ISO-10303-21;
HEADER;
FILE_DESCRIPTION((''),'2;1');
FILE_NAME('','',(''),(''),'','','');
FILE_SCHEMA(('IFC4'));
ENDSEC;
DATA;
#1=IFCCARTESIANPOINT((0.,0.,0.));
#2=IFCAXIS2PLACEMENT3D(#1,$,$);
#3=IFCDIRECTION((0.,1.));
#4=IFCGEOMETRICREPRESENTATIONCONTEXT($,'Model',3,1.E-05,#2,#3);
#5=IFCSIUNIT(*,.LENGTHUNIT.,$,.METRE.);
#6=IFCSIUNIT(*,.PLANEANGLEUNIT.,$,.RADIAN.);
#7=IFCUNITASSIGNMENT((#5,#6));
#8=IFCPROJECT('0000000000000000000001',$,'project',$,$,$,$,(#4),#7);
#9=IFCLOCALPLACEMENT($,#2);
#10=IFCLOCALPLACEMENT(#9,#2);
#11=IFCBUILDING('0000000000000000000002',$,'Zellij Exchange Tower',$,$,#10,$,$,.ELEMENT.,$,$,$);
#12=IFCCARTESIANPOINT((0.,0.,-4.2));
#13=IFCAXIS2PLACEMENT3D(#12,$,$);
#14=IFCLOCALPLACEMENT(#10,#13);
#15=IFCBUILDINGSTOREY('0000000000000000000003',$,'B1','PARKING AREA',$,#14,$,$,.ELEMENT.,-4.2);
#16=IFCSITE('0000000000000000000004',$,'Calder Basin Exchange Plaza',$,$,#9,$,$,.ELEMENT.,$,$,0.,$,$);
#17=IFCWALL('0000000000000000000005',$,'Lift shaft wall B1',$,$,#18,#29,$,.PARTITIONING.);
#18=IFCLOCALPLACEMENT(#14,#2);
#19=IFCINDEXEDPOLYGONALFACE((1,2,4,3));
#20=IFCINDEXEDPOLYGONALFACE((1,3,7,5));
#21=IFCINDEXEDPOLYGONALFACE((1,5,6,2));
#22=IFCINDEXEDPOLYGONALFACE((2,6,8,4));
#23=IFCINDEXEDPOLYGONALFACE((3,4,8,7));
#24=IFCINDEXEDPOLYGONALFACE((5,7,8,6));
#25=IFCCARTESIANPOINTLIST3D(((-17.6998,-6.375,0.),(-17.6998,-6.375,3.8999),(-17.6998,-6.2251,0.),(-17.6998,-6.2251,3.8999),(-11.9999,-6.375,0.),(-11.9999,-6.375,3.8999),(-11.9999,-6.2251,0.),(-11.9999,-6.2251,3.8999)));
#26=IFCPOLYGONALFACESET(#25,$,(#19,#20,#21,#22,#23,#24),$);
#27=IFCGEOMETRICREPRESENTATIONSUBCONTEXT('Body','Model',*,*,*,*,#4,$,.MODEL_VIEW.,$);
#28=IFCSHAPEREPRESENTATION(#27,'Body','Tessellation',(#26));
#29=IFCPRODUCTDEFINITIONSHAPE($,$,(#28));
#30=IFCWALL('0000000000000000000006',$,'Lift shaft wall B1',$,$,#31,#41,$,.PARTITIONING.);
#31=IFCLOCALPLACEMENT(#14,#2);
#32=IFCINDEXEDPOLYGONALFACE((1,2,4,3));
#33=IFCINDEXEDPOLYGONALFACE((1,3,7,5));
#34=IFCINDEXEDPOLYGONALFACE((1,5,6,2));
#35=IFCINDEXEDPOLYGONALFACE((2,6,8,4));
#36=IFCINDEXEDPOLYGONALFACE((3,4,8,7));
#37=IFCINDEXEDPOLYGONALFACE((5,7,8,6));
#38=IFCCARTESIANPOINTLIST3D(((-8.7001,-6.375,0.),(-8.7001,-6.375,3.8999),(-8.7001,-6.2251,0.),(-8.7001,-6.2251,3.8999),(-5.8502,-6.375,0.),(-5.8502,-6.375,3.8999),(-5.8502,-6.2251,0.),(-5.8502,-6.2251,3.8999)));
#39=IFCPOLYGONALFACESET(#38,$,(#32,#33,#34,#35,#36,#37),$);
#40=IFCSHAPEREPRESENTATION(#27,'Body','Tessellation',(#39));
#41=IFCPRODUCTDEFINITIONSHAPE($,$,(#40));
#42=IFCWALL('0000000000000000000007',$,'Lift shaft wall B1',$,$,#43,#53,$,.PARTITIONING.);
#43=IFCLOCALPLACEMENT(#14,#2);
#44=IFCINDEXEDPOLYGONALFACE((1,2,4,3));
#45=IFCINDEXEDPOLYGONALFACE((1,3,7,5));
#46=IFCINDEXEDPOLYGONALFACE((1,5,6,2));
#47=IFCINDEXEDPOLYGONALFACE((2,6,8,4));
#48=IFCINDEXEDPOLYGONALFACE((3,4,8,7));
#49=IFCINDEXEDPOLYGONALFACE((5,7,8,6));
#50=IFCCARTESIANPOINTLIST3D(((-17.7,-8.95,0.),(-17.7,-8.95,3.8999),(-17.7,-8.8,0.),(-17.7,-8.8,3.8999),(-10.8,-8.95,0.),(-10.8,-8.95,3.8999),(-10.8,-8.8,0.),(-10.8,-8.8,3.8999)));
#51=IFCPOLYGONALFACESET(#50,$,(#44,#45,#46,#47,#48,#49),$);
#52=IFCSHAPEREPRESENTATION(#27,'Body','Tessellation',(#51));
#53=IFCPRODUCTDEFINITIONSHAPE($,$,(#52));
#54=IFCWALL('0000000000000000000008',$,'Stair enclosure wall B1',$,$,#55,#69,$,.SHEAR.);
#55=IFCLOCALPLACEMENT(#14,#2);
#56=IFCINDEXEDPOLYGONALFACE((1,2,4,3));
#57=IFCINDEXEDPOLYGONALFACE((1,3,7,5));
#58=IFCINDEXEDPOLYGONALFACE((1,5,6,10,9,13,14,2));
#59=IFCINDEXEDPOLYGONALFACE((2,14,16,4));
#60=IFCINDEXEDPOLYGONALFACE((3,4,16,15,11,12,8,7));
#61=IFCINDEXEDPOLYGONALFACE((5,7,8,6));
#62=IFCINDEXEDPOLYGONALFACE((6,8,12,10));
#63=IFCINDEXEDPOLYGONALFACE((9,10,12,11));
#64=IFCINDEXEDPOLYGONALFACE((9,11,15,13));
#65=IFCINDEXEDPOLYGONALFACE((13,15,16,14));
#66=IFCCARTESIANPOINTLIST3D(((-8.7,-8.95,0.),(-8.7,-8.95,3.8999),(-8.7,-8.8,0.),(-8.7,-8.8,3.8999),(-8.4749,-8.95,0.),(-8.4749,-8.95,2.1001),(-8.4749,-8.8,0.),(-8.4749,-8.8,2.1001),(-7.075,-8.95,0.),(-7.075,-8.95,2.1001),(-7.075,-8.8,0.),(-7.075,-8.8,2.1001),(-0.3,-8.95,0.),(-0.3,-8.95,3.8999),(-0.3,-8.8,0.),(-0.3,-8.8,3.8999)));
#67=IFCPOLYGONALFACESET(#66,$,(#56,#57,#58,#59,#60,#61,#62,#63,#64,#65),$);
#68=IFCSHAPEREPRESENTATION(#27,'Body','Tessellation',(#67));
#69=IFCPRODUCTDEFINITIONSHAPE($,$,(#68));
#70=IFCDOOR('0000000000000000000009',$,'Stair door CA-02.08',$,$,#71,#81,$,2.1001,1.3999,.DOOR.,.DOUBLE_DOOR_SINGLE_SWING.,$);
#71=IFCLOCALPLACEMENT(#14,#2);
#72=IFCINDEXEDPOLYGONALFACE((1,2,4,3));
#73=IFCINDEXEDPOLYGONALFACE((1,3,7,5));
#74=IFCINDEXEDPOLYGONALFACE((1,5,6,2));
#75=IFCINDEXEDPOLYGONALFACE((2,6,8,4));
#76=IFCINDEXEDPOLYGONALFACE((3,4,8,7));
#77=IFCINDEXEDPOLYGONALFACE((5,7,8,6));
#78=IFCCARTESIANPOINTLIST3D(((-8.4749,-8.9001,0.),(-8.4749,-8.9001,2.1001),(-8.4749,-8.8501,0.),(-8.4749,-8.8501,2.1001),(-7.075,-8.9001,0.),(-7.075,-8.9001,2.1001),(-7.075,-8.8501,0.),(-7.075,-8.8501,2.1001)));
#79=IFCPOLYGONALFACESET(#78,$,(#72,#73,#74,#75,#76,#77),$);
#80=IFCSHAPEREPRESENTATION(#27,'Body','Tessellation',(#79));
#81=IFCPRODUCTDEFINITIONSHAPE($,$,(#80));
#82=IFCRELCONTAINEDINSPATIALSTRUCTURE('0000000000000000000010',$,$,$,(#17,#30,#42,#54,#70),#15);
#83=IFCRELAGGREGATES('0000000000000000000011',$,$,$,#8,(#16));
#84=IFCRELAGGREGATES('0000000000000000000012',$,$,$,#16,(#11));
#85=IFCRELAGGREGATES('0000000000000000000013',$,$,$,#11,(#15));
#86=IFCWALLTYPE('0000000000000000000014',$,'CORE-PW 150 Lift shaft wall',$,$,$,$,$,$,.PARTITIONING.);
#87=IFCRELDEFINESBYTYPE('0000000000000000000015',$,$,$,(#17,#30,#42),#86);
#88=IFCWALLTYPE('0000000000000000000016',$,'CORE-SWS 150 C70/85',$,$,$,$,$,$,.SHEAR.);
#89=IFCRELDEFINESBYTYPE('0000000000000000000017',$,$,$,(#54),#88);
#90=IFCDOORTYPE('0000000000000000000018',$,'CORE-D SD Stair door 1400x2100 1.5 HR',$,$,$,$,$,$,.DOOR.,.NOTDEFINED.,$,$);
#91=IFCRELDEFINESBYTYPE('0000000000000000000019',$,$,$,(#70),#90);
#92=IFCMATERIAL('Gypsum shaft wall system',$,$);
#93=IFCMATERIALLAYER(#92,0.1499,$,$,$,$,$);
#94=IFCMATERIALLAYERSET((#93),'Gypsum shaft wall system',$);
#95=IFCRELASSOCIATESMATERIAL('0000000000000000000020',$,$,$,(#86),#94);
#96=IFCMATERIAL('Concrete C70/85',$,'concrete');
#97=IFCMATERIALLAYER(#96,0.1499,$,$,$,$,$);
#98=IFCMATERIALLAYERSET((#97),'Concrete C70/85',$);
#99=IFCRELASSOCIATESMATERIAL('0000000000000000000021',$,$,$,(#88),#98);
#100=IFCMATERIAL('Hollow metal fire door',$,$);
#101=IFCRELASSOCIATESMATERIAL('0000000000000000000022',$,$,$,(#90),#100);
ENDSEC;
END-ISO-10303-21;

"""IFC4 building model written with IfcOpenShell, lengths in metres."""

from ifc_helpers import new_model, si_unit, direction, frame, frame_2d, origin, place, context, subcontext, project, spatial, rectangle, extrude, material, layer, layer_set, type_object, element, fill, save


model = new_model("IFC4")

# Units and contexts
model_context = context("Model", 3, precision=1e-05, world=origin(), true_north=direction((0.0, 1.0)))
body_context = subcontext(model_context, "Body", "Model", "MODEL_VIEW")
ifc_project = project(units=[si_unit("LENGTHUNIT", "METRE"), si_unit("PLANEANGLEUNIT", "RADIAN")], contexts=[model_context])

# Site, building, storey
site_placement = place(None, origin())
site = spatial("IfcSite", under=ifc_project, at=site_placement, Name="Calder Basin Exchange Plaza", CompositionType="ELEMENT", RefElevation=0.0)
building_placement = place(site_placement, origin())
building = spatial("IfcBuilding", under=site, at=building_placement, Name="Zellij Exchange Tower", CompositionType="ELEMENT")
storey_placement = place(building_placement, frame((0.0, 0.0, -4.2)))
storey = spatial("IfcBuildingStorey", under=building, at=storey_placement, Name="B1", Description="PARKING AREA", CompositionType="ELEMENT", Elevation=-4.2)

# Shared definitions
ifc_material_1 = material(Name="Concrete C70/85", Category="concrete")

# Shared definitions
ifc_material_2 = material(Name="Gypsum shaft wall system")
ifc_material_3 = material(Name="Hollow metal fire door")

# Shared definitions
ifc_layer_1 = layer(ifc_material_2, 0.1499)
ifc_layer_set_1 = layer_set([ifc_layer_1], Name="Gypsum shaft wall system")
wall_type_1 = type_object("IfcWallType", Name="CORE-PW 150 Lift shaft wall", PredefinedType="PARTITIONING", material=ifc_layer_set_1)

# Walls
wall_1_placement = place(storey_placement, frame((-17.7, -6.3, 0.0), z_axis=(0.0, 0.0, 1.0), x_axis=(1.0, 0.0, 0.0)))
element("IfcWall", 1, at=wall_1_placement, inside=storey, type_object=wall_type_1, Name="Lift shaft wall B1", PredefinedType="PARTITIONING", context=body_context, shape_type="SweptSolid", body=[
    extrude(rectangle(XDim=5.7, YDim=0.1499, at=frame_2d((2.8501, 0.0))), origin(), (0.0, 0.0, 1.0), 3.8999),
])
wall_2_placement = place(storey_placement, frame((-8.7, -6.3, 0.0), z_axis=(0.0, 0.0, 1.0), x_axis=(1.0, 0.0, 0.0)))
element("IfcWall", 2, at=wall_2_placement, inside=storey, type_object=wall_type_1, Name="Lift shaft wall B1", PredefinedType="PARTITIONING", context=body_context, shape_type="SweptSolid", body=[
    extrude(rectangle(XDim=2.8499, YDim=0.1499, at=frame_2d((1.4248, 0.0))), origin(), (0.0, 0.0, 1.0), 3.8999),
])
wall_3_placement = place(storey_placement, frame((-17.7, -8.875, 0.0), z_axis=(0.0, 0.0, 1.0), x_axis=(1.0, 0.0, 0.0)))
element("IfcWall", 3, at=wall_3_placement, inside=storey, type_object=wall_type_1, Name="Lift shaft wall B1", PredefinedType="PARTITIONING", context=body_context, shape_type="SweptSolid", body=[
    extrude(rectangle(XDim=6.8999, YDim=0.1499, at=frame_2d((3.45, 0.0))), origin(), (0.0, 0.0, 1.0), 3.8999),
])

# Wall, opening, door
ifc_layer_2 = layer(ifc_material_1, 0.1499)
ifc_layer_set_2 = layer_set([ifc_layer_2], Name="Concrete C70/85")
wall_type_2 = type_object("IfcWallType", Name="CORE-SWS 150 C70/85", PredefinedType="SHEAR", material=ifc_layer_set_2)
wall_4_placement = place(storey_placement, frame((-8.7, -8.875, 0.0), z_axis=(0.0, 0.0, 1.0), x_axis=(1.0, 0.0, 0.0)))
wall_4 = element("IfcWall", 4, at=wall_4_placement, inside=storey, type_object=wall_type_2, Name="Stair enclosure wall B1", PredefinedType="SHEAR", context=body_context, shape_type="SweptSolid", body=[
    extrude(rectangle(XDim=8.3999, YDim=0.1499, at=frame_2d((4.2, 0.0))), origin(), (0.0, 0.0, 1.0), 3.8999),
])
opening_1_placement = place(wall_4_placement, frame((0.2251, 0.0, 0.0)))
opening_1 = element("IfcOpeningElement", 5, at=opening_1_placement, cuts=wall_4, PredefinedType="OPENING", context=body_context, shape_type="SweptSolid", body=[
    extrude(rectangle(XDim=1.3999, YDim=2.1001, at=frame_2d((0.7, 1.05))), frame((0.0, 0.0869, 0.0), z_axis=(0.0, -1.0, 0.0), x_axis=(1.0, 0.0, 0.0)), (0.0, 0.0, 1.0), 0.1738),
])
door_type_1 = type_object("IfcDoorType", Name="CORE-D SD Stair door 1400x2100 1.5 HR", OperationType="NOTDEFINED", PredefinedType="DOOR", material=ifc_material_3)
door_1_placement = place(opening_1_placement, origin())
door_1 = element("IfcDoor", 6, at=door_1_placement, inside=storey, type_object=door_type_1, Name="Stair door CA-02.08", OperationType="DOUBLE_DOOR_SINGLE_SWING", OverallHeight=2.1001, OverallWidth=1.3999, PredefinedType="DOOR", context=body_context, shape_type="SweptSolid", body=[
    extrude(rectangle(XDim=1.3999, YDim=2.1001, at=frame_2d((0.7, 1.05))), frame((0.0, 0.0249, 0.0), z_axis=(0.0, -1.0, 0.0), x_axis=(1.0, 0.0, 0.0)), (0.0, 0.0, 1.0), 0.05),
])
fill(opening_1, door_1)

save(model, "model.ifc")
